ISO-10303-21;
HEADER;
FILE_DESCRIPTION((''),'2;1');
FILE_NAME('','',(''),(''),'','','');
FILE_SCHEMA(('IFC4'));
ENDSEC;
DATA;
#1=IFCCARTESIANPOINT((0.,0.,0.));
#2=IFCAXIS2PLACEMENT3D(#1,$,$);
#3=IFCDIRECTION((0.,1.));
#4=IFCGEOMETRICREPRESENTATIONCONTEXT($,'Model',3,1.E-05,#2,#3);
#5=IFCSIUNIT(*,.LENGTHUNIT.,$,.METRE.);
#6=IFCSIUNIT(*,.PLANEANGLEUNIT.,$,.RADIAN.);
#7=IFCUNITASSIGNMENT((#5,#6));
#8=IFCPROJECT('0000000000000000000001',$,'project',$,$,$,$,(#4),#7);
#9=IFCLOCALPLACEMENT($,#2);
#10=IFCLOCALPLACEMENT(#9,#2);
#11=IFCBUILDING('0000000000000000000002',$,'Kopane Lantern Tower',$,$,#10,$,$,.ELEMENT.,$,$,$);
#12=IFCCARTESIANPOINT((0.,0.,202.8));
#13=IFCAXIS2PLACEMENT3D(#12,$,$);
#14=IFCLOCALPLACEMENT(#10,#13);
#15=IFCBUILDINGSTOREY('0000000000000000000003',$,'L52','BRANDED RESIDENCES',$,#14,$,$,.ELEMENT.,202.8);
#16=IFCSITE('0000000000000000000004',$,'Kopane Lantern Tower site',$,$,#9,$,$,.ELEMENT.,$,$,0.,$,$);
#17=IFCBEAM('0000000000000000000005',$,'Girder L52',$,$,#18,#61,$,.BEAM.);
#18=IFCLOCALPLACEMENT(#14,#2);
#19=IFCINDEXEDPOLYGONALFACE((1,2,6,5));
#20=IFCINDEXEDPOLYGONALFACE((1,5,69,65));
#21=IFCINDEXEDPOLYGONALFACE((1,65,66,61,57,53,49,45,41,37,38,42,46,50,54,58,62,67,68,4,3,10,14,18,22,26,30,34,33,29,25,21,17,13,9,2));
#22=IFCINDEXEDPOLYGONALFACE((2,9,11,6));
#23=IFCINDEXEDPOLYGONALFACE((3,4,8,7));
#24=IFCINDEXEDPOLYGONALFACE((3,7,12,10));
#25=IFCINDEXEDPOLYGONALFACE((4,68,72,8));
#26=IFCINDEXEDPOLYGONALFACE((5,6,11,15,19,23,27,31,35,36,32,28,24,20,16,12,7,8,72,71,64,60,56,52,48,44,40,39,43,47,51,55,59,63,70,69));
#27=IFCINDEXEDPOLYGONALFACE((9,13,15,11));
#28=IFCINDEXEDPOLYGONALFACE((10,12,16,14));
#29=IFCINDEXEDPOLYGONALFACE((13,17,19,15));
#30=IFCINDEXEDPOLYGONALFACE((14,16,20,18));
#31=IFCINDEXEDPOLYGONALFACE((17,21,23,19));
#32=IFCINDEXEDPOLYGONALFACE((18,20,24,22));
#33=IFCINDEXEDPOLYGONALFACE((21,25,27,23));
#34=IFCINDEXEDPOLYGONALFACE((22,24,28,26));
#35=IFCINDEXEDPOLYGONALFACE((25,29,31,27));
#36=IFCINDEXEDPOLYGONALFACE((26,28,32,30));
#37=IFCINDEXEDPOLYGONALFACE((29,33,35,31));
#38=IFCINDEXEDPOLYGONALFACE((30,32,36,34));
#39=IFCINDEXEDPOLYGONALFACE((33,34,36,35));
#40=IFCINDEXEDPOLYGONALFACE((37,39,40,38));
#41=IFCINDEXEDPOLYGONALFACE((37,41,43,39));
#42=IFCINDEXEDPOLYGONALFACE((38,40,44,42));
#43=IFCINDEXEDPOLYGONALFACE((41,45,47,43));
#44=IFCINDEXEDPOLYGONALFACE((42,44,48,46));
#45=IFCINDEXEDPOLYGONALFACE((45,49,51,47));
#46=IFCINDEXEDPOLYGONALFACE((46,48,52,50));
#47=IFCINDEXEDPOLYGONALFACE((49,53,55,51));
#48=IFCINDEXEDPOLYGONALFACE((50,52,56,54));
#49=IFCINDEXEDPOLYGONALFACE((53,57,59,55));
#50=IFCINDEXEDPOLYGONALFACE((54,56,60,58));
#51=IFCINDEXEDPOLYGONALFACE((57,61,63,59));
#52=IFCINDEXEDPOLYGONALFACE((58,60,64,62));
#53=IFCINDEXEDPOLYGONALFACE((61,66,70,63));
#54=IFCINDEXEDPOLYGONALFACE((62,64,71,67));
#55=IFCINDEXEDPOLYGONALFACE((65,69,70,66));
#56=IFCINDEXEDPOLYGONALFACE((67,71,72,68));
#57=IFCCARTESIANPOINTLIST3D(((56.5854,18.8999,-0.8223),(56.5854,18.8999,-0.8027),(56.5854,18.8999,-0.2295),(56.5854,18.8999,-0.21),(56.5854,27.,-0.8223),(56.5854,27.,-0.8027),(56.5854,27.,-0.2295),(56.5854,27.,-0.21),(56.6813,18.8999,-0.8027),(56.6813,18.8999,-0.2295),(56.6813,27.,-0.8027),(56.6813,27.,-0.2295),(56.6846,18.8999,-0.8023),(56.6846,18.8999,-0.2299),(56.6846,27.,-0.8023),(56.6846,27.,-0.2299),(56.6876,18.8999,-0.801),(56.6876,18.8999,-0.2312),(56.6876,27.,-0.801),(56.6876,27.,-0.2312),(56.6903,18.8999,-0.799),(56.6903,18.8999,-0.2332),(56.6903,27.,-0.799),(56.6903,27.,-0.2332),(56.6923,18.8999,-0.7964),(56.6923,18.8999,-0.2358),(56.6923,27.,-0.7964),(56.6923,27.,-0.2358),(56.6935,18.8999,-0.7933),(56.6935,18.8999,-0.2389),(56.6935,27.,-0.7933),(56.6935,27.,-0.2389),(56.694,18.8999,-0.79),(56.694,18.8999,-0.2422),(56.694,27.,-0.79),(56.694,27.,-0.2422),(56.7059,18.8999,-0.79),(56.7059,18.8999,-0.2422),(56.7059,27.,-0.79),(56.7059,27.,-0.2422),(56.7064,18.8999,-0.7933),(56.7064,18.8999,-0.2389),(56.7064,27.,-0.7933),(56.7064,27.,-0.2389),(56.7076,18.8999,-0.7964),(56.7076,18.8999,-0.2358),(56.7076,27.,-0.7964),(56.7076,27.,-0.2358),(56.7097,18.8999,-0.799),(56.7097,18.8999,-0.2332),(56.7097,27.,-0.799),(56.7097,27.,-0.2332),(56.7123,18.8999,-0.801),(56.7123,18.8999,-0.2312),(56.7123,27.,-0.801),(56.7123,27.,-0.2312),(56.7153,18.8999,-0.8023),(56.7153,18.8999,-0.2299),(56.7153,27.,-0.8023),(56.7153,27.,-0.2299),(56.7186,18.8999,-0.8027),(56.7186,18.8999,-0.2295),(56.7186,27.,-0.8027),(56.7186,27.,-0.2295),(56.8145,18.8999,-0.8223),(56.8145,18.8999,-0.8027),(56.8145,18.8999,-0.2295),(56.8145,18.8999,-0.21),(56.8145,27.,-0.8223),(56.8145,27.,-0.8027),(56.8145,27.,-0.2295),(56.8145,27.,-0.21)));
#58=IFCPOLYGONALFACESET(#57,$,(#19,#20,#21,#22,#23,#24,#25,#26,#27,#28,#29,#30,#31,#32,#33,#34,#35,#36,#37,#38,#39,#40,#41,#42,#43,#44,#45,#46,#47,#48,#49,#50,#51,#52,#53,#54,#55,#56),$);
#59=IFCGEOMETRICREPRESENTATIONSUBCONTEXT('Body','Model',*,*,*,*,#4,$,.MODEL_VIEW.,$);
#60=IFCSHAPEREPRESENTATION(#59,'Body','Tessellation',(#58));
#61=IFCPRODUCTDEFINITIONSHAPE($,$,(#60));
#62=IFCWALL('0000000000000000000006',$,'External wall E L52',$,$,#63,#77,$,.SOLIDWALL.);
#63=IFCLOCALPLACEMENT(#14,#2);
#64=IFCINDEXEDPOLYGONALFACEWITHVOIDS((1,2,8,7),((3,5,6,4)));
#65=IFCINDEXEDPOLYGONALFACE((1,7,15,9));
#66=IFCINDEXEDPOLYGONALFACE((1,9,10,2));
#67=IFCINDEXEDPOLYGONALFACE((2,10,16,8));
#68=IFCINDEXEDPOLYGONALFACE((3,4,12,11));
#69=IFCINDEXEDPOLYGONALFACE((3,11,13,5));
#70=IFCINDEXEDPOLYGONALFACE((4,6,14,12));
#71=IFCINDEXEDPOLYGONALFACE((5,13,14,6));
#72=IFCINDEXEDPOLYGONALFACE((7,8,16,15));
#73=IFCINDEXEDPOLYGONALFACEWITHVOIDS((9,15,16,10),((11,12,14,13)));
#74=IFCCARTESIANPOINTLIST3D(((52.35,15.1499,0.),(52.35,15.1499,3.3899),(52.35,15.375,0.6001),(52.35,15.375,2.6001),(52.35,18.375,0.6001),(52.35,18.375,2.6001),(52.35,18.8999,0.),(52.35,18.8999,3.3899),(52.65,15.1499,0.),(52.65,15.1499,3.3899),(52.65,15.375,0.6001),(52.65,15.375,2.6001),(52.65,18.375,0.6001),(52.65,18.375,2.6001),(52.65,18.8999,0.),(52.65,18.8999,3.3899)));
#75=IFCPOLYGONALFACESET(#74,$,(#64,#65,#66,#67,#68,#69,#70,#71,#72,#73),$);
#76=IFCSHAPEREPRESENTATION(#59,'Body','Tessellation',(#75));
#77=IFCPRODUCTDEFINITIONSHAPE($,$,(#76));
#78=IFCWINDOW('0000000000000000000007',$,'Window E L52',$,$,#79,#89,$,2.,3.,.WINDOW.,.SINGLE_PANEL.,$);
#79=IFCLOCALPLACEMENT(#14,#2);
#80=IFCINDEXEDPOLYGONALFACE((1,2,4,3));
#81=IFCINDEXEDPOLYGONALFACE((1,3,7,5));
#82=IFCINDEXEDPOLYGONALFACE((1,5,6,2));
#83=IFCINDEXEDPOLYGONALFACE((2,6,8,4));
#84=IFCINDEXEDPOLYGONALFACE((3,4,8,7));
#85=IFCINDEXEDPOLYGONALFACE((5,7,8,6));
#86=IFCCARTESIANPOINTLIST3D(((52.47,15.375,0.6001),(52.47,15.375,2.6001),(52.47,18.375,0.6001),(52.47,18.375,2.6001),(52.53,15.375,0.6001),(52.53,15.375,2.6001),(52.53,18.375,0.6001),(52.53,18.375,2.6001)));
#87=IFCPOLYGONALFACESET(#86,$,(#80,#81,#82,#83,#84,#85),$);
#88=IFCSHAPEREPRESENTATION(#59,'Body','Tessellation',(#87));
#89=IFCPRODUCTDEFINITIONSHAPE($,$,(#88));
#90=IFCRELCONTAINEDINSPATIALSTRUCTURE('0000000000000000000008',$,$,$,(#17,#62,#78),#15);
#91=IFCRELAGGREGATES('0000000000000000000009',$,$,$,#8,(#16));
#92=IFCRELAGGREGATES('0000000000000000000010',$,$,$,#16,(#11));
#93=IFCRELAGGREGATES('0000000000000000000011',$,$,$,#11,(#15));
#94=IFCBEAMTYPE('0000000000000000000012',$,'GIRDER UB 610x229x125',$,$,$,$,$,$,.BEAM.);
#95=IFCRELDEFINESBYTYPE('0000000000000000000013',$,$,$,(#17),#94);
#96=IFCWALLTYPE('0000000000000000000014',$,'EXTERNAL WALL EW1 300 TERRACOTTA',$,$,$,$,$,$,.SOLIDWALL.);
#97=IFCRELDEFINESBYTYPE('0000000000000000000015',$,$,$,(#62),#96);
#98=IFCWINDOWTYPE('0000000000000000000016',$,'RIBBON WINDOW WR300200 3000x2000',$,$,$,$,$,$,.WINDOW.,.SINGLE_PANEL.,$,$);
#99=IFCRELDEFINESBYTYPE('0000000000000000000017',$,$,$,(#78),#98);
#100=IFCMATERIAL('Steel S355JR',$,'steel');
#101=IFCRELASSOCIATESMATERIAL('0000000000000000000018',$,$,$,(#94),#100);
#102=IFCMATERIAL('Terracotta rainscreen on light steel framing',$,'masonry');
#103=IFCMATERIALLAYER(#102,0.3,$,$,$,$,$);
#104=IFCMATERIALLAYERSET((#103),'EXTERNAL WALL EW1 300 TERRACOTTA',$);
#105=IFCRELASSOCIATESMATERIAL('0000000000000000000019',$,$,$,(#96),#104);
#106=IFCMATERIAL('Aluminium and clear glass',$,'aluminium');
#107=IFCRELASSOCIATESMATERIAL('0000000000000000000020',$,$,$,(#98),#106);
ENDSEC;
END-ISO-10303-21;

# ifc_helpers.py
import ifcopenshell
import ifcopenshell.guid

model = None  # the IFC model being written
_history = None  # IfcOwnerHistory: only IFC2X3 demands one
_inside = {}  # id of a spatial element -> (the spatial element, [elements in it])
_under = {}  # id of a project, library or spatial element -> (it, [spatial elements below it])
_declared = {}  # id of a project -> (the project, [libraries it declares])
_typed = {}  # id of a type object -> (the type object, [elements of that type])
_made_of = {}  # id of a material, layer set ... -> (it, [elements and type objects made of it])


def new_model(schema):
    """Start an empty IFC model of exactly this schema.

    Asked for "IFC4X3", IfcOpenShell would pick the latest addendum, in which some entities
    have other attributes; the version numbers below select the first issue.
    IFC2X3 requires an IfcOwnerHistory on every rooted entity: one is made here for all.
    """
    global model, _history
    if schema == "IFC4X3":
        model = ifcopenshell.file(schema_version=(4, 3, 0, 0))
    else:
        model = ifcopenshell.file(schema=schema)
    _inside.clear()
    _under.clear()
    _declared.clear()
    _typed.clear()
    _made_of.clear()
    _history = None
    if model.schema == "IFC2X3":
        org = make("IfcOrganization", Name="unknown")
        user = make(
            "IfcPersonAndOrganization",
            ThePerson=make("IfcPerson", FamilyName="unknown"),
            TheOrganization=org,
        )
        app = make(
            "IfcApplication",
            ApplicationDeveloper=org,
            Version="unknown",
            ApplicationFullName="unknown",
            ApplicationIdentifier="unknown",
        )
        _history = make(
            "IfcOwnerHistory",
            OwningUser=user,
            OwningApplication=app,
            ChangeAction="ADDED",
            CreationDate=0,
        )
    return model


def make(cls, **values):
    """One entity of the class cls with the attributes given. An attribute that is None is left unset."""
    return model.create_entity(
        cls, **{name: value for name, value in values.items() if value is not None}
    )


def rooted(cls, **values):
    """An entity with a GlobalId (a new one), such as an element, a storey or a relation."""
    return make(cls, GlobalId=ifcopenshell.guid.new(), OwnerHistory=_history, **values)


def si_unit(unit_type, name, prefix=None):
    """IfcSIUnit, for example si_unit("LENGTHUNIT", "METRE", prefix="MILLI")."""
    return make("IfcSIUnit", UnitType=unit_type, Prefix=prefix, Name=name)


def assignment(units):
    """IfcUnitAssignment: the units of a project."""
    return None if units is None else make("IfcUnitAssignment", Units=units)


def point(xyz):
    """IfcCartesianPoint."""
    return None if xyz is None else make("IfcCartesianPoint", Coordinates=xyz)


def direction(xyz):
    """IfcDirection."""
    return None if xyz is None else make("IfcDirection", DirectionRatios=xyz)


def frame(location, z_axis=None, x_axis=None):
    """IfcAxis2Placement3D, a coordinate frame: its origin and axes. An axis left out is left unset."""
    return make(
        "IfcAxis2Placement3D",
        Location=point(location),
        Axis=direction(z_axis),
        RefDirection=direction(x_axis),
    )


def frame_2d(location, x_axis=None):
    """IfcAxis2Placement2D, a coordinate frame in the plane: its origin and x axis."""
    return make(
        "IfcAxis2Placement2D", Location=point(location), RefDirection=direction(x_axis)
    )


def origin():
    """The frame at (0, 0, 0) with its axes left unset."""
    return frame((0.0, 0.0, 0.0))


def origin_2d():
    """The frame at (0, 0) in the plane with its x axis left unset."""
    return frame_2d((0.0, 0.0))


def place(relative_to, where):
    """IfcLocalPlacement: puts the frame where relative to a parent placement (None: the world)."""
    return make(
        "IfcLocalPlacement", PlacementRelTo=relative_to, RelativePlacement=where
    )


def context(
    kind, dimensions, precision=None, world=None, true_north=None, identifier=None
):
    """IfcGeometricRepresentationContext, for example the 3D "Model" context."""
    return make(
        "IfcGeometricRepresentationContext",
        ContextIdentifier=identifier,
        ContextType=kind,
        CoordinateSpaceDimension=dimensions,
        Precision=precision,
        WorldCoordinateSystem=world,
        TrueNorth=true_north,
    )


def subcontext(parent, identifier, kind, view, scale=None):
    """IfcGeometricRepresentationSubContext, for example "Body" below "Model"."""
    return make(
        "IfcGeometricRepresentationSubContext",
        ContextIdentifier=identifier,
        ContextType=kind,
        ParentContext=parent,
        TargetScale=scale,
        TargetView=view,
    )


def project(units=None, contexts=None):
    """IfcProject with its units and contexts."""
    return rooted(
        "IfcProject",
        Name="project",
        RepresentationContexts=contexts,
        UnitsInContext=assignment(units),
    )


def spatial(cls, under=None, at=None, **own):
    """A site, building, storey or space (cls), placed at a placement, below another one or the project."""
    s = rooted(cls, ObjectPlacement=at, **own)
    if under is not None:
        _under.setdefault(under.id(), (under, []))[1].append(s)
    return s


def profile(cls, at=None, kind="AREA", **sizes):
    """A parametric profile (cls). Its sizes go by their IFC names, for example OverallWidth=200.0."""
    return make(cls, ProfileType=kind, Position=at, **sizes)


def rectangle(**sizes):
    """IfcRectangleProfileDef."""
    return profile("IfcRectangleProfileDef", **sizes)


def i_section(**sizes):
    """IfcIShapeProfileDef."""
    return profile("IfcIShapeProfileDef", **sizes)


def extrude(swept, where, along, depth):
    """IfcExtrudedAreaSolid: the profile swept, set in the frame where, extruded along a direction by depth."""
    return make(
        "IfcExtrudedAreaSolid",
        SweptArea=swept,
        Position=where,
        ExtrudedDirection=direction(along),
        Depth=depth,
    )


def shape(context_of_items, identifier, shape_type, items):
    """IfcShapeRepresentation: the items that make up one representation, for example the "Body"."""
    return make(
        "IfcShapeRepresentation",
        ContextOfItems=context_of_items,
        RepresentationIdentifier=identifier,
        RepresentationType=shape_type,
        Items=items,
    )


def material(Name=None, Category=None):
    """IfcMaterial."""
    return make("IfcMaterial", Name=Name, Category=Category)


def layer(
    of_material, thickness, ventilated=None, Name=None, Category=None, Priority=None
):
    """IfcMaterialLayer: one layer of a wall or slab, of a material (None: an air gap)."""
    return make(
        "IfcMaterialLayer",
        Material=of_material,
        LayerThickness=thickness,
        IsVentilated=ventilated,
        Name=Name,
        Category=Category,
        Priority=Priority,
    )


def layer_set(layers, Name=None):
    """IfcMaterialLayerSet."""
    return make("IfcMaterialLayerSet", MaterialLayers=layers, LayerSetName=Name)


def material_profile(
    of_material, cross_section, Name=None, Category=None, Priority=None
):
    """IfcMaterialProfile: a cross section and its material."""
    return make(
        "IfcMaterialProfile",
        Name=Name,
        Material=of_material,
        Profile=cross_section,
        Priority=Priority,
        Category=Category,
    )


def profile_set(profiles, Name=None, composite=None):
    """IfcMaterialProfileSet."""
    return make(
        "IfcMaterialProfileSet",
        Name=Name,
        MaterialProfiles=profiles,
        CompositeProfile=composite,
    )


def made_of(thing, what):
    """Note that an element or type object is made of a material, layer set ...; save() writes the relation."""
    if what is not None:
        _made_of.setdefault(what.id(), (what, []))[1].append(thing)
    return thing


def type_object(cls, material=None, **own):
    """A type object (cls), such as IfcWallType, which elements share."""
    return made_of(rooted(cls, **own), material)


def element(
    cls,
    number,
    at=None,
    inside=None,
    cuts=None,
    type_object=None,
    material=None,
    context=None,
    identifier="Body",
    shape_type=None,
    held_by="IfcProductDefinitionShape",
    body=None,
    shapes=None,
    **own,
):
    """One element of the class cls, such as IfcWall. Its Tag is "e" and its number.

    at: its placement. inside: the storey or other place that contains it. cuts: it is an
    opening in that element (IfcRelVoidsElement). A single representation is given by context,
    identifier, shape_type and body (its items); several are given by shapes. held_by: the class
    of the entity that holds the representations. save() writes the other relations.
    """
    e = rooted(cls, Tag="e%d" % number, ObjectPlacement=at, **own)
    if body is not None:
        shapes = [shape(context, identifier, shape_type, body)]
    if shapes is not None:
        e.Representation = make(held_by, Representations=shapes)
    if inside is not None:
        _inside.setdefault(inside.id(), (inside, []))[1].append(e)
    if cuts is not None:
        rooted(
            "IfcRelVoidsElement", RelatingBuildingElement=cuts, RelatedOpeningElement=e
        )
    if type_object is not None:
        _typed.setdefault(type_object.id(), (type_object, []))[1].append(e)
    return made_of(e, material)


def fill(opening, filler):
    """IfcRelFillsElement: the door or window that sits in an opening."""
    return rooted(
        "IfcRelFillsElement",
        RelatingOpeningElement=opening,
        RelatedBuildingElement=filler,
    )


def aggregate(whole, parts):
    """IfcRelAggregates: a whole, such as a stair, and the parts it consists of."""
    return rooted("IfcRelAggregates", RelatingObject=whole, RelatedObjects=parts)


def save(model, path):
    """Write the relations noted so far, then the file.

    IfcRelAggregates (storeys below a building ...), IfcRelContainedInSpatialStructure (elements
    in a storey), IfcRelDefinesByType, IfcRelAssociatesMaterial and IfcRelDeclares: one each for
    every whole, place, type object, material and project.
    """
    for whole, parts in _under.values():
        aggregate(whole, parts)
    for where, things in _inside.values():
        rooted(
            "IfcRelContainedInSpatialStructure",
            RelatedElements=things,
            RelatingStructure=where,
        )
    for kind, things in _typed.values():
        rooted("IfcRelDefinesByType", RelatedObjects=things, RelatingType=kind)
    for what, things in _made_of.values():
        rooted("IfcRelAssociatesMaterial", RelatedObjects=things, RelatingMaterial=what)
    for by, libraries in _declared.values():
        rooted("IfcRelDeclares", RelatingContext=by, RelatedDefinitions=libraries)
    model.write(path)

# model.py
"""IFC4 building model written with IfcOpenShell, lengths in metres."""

from ifc_helpers import new_model, si_unit, direction, frame, frame_2d, origin, origin_2d, place, context, subcontext, project, spatial, rectangle, i_section, extrude, material, layer, layer_set, material_profile, profile_set, type_object, element, fill, save


model = new_model("IFC4")

# Units and contexts
model_context = context("Model", 3, precision=1e-05, world=origin(), true_north=direction((0.0, 1.0)))
body_context = subcontext(model_context, "Body", "Model", "MODEL_VIEW")
ifc_project = project(units=[si_unit("LENGTHUNIT", "METRE"), si_unit("PLANEANGLEUNIT", "RADIAN")], contexts=[model_context])

# Site, building, storey
site_placement = place(None, origin())
site = spatial("IfcSite", under=ifc_project, at=site_placement, Name="Kopane Lantern Tower site", CompositionType="ELEMENT", RefElevation=0.0)
building_placement = place(site_placement, origin())
building = spatial("IfcBuilding", under=site, at=building_placement, Name="Kopane Lantern Tower", CompositionType="ELEMENT")
storey_placement = place(building_placement, frame((0.0, 0.0, 202.8)))
storey = spatial("IfcBuildingStorey", under=building, at=storey_placement, Name="L52", Description="BRANDED RESIDENCES", CompositionType="ELEMENT", Elevation=202.8)

# Beam
ifc_material_1 = material(Name="Steel S355JR", Category="steel")
ifc_material_profile_1 = material_profile(ifc_material_1, i_section(OverallWidth=0.229, OverallDepth=0.6123, WebThickness=0.012, FlangeThickness=0.0195, FilletRadius=0.0127, at=origin_2d()), Name="UB 610x229x125")
ifc_profile_set_1 = profile_set([ifc_material_profile_1], Name="Steel S355JR")
beam_type_1 = type_object("IfcBeamType", Name="GIRDER UB 610x229x125", PredefinedType="BEAM", material=ifc_profile_set_1)
beam_1_placement = place(storey_placement, frame((56.7, 18.8999, -0.5161), z_axis=(0.0, 1.0, 0.0), x_axis=(-1.0, 0.0, 0.0)))
element("IfcBeam", 1, at=beam_1_placement, inside=storey, type_object=beam_type_1, Name="Girder L52", PredefinedType="BEAM", context=body_context, shape_type="SweptSolid", body=[
    extrude(i_section(OverallWidth=0.229, OverallDepth=0.6123, WebThickness=0.012, FlangeThickness=0.0195, FilletRadius=0.0127, at=origin_2d()), origin(), (0.0, 0.0, 1.0), 8.1001),
])

# Wall, opening, window
ifc_material_2 = material(Name="Terracotta rainscreen on light steel framing", Category="masonry")
ifc_layer = layer(ifc_material_2, 0.3)
ifc_layer_set = layer_set([ifc_layer], Name="EXTERNAL WALL EW1 300 TERRACOTTA")
wall_type = type_object("IfcWallType", Name="EXTERNAL WALL EW1 300 TERRACOTTA", PredefinedType="SOLIDWALL", material=ifc_layer_set)
wall_placement = place(storey_placement, frame((52.5, 15.1499, 0.0), z_axis=(0.0, 0.0, 1.0), x_axis=(0.0, 1.0, 0.0)))
wall = element("IfcWall", 2, at=wall_placement, inside=storey, type_object=wall_type, Name="External wall E L52", PredefinedType="SOLIDWALL", context=body_context, shape_type="SweptSolid", body=[
    extrude(rectangle(XDim=3.75, YDim=0.3, at=frame_2d((1.875, 0.0))), origin(), (0.0, 0.0, 1.0), 3.3899),
])
opening_placement = place(wall_placement, frame((0.2251, 0.0, 0.6001)))
opening = element("IfcOpeningElement", 3, at=opening_placement, cuts=wall, PredefinedType="OPENING", context=body_context, shape_type="SweptSolid", body=[
    extrude(rectangle(XDim=3.0, YDim=2.0, at=frame_2d((1.5, 1.0))), frame((0.0, 0.1599, 0.0), z_axis=(0.0, -1.0, 0.0), x_axis=(1.0, 0.0, 0.0)), (0.0, 0.0, 1.0), 0.3201),
])
ifc_material_3 = material(Name="Aluminium and clear glass", Category="aluminium")
window_type = type_object("IfcWindowType", Name="RIBBON WINDOW WR300200 3000x2000", PartitioningType="SINGLE_PANEL", PredefinedType="WINDOW", material=ifc_material_3)
window_placement = place(opening_placement, origin())
window = element("IfcWindow", 4, at=window_placement, inside=storey, type_object=window_type, Name="Window E L52", OverallHeight=2.0, OverallWidth=3.0, PartitioningType="SINGLE_PANEL", PredefinedType="WINDOW", context=body_context, shape_type="SweptSolid", body=[
    extrude(rectangle(XDim=3.0, YDim=2.0, at=frame_2d((1.5, 1.0))), frame((0.0, 0.03, 0.0), z_axis=(0.0, -1.0, 0.0), x_axis=(1.0, 0.0, 0.0)), (0.0, 0.0, 1.0), 0.0601),
])
fill(opening, window)

save(model, "model.ifc")
